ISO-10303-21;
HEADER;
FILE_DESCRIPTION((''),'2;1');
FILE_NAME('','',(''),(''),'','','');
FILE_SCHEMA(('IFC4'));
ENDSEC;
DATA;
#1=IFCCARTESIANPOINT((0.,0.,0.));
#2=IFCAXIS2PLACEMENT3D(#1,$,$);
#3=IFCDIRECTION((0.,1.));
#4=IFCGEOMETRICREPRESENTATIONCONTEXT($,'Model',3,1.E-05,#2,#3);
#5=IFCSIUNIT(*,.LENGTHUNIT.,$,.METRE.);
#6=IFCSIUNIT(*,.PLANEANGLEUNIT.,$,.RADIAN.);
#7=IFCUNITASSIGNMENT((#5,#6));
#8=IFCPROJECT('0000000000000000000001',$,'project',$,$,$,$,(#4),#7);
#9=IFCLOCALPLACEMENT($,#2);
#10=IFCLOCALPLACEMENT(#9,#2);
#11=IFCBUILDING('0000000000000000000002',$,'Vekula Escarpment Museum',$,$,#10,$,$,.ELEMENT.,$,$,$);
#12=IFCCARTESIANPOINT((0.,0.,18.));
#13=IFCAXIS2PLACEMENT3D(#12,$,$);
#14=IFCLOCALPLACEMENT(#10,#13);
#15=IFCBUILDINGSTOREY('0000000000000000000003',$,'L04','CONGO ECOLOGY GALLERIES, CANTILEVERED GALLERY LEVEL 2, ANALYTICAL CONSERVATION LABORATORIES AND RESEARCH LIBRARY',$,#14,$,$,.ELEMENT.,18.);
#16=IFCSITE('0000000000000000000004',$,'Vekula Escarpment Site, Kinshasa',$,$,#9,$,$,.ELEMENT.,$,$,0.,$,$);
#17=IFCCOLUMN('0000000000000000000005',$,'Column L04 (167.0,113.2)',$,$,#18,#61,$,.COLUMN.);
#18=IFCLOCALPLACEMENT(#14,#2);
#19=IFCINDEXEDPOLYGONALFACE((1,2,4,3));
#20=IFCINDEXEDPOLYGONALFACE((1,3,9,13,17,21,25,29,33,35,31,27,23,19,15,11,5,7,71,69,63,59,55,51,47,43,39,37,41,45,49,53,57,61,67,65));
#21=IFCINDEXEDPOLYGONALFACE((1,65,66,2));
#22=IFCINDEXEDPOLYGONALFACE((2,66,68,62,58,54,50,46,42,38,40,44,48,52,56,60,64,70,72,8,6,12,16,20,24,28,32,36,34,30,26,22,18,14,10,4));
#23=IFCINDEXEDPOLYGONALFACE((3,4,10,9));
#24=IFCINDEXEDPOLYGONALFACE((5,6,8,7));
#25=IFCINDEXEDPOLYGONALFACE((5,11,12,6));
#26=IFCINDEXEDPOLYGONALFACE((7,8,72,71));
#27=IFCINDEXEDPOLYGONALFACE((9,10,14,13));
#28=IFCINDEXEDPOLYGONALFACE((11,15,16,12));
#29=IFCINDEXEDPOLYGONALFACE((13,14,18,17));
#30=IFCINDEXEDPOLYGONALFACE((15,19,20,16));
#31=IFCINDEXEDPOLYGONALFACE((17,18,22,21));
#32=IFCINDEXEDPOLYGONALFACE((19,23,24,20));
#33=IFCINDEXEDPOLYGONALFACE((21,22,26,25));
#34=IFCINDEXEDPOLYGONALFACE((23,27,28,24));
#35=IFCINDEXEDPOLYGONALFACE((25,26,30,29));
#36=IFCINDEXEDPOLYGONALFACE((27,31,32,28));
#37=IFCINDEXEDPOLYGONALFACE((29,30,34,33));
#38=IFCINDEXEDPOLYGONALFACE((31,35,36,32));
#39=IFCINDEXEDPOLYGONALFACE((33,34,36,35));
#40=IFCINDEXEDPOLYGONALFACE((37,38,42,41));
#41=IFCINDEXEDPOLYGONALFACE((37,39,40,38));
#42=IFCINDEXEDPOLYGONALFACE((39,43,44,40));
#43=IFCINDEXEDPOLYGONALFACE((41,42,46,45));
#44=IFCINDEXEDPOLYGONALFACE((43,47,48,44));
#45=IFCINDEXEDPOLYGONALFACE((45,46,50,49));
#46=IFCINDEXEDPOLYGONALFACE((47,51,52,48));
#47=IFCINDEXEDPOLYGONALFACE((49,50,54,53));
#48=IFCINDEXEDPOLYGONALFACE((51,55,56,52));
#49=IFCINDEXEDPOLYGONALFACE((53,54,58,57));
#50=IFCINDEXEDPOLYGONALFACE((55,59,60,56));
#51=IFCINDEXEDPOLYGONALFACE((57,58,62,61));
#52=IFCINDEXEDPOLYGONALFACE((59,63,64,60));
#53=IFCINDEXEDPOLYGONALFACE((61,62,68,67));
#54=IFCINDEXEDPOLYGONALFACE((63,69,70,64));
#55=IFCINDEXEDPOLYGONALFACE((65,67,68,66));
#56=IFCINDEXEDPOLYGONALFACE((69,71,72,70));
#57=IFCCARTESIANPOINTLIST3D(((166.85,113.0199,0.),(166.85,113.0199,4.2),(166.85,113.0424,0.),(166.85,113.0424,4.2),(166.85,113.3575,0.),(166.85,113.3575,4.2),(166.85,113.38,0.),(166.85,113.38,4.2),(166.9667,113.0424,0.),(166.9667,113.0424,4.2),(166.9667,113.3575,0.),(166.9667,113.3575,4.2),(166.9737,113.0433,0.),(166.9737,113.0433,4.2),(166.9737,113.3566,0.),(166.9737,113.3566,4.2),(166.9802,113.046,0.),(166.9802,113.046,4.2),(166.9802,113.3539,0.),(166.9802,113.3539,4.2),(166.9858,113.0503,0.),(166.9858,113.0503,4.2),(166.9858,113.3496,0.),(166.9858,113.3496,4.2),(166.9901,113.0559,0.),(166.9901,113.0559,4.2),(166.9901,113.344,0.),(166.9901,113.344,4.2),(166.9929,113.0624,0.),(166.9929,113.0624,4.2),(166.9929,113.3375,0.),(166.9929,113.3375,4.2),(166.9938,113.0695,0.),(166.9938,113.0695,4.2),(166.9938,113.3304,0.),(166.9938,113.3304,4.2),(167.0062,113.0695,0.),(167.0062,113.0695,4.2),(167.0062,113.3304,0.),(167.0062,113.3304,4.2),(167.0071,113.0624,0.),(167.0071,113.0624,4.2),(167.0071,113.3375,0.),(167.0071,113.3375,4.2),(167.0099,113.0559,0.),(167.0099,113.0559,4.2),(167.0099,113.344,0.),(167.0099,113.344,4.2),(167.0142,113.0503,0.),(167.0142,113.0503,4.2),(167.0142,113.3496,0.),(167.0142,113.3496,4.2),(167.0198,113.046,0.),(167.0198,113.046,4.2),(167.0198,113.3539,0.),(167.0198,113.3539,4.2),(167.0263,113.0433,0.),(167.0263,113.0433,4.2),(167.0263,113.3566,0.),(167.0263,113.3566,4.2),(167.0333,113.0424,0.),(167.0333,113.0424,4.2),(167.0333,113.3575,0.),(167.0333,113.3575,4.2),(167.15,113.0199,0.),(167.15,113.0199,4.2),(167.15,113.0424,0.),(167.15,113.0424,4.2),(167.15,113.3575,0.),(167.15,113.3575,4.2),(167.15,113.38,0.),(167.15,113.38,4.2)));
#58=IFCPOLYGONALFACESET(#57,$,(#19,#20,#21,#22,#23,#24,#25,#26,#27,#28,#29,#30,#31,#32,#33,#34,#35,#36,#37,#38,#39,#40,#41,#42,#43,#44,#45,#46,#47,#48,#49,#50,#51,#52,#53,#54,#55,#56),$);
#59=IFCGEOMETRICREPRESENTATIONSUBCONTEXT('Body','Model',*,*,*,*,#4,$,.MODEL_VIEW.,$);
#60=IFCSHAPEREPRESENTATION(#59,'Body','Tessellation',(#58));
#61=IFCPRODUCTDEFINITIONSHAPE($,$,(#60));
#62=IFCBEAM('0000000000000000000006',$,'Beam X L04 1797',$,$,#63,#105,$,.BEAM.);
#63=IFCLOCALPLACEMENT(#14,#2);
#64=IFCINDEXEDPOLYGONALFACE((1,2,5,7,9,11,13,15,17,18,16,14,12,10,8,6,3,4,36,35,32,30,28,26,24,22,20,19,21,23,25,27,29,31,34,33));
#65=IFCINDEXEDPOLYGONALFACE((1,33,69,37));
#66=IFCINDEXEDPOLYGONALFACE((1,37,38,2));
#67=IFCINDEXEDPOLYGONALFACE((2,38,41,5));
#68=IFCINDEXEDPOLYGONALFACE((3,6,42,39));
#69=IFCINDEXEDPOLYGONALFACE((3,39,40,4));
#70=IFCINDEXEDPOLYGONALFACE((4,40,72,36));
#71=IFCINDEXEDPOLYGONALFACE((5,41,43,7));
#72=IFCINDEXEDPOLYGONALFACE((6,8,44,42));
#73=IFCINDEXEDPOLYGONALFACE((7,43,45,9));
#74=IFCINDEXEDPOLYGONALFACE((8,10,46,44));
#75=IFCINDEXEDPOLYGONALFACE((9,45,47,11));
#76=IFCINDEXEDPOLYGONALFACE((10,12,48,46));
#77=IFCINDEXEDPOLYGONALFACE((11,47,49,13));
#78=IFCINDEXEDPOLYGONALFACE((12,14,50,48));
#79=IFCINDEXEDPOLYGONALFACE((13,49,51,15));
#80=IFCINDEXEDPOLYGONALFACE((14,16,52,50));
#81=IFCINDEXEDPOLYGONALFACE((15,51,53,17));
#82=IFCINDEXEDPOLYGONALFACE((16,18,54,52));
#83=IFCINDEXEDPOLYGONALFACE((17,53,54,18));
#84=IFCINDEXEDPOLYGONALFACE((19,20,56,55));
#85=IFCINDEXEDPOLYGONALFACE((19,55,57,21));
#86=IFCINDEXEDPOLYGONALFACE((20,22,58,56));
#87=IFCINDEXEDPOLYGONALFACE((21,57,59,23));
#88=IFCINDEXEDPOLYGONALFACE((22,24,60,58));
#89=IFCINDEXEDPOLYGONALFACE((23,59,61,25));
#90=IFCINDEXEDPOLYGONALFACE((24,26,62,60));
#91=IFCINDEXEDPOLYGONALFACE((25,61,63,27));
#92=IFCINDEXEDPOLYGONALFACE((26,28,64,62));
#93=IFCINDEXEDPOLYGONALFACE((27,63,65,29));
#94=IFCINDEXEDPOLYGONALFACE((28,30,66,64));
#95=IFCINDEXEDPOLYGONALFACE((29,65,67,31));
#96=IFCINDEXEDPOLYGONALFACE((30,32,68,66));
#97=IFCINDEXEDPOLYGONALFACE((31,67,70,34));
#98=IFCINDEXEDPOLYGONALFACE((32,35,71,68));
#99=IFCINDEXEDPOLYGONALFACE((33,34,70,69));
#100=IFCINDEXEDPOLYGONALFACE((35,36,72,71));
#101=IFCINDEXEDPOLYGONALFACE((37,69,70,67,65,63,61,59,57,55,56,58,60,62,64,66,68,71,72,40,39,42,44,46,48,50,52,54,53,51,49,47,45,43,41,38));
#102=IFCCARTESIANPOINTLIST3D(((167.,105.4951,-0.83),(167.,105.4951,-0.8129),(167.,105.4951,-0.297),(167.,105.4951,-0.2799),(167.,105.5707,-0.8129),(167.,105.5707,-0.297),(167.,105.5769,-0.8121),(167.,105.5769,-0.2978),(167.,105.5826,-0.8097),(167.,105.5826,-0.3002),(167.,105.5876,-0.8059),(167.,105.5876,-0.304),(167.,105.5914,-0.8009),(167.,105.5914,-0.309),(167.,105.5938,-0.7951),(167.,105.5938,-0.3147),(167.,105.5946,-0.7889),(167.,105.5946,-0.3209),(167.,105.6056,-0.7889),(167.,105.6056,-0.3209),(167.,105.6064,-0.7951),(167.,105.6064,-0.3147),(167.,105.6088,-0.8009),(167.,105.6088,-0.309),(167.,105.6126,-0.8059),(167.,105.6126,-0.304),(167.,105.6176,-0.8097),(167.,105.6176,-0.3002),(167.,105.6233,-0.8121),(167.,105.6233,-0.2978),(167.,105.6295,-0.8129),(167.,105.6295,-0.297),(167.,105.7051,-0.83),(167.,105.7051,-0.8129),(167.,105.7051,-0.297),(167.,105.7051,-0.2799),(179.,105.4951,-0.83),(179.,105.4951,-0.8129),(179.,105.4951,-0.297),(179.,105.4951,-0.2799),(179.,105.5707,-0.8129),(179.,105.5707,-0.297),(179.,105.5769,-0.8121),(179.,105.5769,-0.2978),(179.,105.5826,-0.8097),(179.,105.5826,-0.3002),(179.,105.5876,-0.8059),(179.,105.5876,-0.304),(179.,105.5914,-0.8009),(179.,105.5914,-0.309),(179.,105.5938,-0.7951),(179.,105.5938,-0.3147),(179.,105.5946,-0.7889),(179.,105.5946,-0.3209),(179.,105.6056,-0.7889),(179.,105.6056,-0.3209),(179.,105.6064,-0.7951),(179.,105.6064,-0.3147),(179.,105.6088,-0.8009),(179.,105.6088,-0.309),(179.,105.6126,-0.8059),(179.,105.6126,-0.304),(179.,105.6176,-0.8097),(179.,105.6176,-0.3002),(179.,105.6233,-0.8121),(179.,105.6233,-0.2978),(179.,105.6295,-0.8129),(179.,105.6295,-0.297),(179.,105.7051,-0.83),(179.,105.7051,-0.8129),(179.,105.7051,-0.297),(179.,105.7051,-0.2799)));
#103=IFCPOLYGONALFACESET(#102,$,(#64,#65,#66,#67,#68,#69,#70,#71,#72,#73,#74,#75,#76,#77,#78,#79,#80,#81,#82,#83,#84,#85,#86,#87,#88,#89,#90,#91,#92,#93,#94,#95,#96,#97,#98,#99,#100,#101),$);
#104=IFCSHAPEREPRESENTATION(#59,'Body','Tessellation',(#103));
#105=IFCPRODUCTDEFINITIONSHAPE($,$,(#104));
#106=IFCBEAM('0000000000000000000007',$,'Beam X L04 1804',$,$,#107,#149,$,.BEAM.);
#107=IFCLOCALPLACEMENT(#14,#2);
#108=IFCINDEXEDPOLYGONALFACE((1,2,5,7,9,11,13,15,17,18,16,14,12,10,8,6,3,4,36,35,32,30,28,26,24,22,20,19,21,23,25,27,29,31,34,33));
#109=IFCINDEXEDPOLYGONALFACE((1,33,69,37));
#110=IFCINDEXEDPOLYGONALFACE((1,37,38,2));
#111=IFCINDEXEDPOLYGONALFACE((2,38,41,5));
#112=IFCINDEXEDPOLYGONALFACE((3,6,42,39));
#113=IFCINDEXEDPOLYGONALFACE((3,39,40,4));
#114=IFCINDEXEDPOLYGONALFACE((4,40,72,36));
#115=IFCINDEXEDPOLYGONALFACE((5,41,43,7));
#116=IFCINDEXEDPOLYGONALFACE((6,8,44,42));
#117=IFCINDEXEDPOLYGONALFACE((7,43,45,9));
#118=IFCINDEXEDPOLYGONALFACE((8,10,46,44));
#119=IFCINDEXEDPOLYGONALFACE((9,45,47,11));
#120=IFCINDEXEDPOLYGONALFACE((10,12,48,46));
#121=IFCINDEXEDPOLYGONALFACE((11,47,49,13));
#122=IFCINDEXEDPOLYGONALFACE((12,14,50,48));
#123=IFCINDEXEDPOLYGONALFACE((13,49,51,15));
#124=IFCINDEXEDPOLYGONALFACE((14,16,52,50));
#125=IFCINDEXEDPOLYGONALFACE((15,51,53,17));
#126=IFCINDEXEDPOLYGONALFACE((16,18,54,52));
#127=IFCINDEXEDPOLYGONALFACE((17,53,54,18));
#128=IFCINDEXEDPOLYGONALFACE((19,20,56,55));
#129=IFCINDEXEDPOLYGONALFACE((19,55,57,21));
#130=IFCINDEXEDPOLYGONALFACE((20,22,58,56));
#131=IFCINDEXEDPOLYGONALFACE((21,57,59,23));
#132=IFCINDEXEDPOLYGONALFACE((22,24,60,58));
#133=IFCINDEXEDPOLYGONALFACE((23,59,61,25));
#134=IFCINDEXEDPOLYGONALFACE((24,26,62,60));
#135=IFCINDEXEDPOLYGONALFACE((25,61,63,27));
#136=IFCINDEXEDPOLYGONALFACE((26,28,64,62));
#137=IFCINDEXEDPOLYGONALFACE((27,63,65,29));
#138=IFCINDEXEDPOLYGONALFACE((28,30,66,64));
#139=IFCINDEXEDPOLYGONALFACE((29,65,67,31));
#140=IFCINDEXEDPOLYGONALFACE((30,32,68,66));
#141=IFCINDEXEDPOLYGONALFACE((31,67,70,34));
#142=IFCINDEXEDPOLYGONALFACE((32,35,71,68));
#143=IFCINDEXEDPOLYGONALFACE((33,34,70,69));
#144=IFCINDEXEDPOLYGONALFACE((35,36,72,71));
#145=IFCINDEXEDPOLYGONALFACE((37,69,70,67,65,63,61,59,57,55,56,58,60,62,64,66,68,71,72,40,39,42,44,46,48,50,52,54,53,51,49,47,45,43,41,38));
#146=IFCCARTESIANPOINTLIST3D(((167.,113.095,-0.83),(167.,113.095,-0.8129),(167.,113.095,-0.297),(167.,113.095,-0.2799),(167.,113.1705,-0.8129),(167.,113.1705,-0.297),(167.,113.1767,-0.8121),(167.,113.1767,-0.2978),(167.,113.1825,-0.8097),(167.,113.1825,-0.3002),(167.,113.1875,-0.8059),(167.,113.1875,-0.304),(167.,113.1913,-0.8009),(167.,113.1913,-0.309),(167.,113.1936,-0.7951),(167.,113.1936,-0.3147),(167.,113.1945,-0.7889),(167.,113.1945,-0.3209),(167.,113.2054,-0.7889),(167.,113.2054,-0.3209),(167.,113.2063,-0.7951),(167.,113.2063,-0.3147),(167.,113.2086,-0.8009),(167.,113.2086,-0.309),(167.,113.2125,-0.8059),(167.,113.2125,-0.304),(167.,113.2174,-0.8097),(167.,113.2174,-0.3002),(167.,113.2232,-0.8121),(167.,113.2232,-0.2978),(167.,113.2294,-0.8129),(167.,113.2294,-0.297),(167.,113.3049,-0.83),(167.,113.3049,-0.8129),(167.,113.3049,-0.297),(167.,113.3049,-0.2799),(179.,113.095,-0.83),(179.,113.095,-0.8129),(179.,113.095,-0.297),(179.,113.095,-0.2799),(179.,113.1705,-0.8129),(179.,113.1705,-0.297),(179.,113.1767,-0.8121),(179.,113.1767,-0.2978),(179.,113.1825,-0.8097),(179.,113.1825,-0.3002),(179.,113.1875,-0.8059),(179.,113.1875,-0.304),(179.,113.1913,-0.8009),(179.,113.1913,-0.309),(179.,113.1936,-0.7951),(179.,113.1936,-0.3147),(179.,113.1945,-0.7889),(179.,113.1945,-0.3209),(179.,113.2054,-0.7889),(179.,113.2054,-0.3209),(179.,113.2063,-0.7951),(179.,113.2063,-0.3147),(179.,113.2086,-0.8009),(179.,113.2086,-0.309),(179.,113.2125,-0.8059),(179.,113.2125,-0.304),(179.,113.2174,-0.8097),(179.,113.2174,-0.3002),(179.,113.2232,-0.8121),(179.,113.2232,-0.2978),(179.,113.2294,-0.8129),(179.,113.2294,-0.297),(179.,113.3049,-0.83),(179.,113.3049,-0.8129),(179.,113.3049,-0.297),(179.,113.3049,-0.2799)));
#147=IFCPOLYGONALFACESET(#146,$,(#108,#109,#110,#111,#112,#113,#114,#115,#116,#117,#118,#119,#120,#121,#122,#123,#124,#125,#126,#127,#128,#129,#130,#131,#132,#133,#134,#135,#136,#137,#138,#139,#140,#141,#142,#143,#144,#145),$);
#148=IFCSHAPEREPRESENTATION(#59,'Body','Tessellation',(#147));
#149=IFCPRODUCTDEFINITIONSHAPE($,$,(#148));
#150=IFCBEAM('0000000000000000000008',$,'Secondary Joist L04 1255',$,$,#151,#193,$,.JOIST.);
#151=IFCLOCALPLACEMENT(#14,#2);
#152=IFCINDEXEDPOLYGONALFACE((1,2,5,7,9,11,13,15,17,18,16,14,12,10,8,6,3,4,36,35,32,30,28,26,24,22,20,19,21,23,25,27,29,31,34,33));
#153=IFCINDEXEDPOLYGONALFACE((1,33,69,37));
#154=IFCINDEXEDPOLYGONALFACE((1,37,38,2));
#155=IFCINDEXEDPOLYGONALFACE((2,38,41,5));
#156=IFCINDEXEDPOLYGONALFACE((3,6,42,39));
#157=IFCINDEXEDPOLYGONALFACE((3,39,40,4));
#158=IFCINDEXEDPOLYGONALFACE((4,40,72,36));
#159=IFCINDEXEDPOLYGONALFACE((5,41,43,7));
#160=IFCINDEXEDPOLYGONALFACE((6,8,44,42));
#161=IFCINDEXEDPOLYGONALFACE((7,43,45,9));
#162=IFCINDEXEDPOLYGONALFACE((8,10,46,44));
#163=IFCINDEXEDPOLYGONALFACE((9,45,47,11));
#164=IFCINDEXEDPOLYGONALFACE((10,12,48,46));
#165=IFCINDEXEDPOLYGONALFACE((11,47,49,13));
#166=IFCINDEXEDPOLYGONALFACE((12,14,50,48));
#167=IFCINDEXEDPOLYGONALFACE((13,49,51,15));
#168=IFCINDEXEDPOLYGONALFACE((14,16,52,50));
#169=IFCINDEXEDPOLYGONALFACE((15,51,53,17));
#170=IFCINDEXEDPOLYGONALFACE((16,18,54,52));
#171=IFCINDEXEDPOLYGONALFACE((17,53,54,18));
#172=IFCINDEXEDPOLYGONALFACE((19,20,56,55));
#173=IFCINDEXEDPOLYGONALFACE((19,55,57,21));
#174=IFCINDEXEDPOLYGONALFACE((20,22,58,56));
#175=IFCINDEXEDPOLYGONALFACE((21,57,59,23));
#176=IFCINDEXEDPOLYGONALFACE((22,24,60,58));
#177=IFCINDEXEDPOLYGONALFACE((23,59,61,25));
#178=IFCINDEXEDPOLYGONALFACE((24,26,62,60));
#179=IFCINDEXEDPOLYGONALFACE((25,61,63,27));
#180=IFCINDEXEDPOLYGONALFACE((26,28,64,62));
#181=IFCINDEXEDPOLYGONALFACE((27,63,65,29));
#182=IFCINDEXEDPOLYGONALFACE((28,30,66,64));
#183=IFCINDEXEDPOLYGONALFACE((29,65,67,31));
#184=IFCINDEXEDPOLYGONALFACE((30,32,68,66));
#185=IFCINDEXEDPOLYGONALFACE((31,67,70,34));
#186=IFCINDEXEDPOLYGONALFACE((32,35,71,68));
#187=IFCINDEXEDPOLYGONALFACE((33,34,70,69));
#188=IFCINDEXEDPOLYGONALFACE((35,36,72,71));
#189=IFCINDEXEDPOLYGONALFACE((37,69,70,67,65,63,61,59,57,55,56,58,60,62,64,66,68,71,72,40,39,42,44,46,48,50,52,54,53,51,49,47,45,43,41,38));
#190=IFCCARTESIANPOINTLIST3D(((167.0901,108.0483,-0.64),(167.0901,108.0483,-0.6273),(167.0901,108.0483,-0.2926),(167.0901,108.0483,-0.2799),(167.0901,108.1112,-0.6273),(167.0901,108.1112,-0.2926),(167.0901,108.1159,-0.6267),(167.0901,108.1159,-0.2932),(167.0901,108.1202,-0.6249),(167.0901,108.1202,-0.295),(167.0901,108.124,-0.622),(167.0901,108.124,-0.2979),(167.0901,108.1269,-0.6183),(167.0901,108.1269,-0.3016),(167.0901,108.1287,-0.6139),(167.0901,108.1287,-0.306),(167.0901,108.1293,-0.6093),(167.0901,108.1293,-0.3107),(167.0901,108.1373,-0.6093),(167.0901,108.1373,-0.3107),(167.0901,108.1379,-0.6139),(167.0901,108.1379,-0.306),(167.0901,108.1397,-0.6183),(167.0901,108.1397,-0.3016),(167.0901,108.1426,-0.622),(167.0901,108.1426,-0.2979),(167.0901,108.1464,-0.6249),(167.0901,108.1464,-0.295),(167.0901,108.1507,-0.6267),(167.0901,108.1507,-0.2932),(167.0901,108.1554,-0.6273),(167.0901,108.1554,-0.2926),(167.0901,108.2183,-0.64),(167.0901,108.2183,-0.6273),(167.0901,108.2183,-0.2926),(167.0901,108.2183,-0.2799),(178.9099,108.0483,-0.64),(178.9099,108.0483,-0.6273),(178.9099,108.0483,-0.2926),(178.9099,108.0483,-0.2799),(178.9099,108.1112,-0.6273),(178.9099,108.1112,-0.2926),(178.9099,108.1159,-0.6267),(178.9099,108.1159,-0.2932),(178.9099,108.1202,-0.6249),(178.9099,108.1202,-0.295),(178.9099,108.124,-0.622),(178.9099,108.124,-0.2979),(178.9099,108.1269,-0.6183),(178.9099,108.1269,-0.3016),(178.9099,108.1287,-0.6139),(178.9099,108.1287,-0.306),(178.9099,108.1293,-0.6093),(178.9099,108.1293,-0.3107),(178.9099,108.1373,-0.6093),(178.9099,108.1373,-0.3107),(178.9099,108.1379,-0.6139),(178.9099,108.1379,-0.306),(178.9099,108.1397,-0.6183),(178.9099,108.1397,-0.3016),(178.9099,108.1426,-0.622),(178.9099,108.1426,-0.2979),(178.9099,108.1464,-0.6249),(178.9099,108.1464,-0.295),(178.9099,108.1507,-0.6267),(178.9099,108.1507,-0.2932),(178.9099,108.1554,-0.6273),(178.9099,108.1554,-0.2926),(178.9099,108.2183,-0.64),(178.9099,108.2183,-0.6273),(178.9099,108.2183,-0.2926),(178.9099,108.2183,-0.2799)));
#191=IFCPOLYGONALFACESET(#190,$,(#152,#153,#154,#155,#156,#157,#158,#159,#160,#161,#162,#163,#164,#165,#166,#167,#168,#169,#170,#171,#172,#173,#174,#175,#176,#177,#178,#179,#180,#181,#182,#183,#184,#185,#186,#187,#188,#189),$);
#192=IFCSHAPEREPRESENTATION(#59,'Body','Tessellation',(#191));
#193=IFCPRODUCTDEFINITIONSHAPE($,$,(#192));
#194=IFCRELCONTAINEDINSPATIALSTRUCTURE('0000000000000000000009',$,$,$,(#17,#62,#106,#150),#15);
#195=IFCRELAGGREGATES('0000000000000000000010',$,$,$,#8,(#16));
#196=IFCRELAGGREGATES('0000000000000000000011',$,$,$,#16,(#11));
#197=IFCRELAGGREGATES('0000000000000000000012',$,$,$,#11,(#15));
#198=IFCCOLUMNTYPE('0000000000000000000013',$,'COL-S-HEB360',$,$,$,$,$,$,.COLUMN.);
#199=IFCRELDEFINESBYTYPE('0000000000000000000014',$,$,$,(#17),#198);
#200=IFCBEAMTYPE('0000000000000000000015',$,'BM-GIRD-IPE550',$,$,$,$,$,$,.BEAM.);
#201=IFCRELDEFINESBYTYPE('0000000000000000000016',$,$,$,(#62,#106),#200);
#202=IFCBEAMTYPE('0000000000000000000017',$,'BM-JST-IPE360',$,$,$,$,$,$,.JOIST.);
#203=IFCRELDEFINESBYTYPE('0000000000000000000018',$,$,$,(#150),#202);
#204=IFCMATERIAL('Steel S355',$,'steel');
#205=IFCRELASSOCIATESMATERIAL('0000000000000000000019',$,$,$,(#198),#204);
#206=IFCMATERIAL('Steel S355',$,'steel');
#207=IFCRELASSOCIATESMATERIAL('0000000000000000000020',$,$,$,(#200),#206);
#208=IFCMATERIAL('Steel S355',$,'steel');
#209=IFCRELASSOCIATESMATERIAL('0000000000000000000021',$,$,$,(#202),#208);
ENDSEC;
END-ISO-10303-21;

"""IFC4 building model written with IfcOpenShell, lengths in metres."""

from ifc_helpers import new_model, si_unit, direction, frame, origin, origin_2d, place, context, subcontext, project, spatial, i_section, extrude, material, material_profile, profile_set, type_object, element, save


model = new_model("IFC4")

# Units and contexts
model_context = context("Model", 3, precision=1e-05, world=origin(), true_north=direction((0.0, 1.0)))
body_context = subcontext(model_context, "Body", "Model", "MODEL_VIEW")
ifc_project = project(units=[si_unit("LENGTHUNIT", "METRE"), si_unit("PLANEANGLEUNIT", "RADIAN")], contexts=[model_context])

# Site, building, storey
site_placement = place(None, origin())
site = spatial("IfcSite", under=ifc_project, at=site_placement, Name="Vekula Escarpment Site, Kinshasa", CompositionType="ELEMENT", RefElevation=0.0)
building_placement = place(site_placement, origin())
building = spatial("IfcBuilding", under=site, at=building_placement, Name="Vekula Escarpment Museum", CompositionType="ELEMENT")
storey_placement = place(building_placement, frame((0.0, 0.0, 18.0)))
storey = spatial("IfcBuildingStorey", under=building, at=storey_placement, Name="L04", Description="CONGO ECOLOGY GALLERIES, CANTILEVERED GALLERY LEVEL 2, ANALYTICAL CONSERVATION LABORATORIES AND RESEARCH LIBRARY", CompositionType="ELEMENT", Elevation=18.0)

# Column
ifc_material_1 = material(Name="Steel S355", Category="steel")
ifc_material_profile_1 = material_profile(ifc_material_1, i_section(OverallWidth=0.3, OverallDepth=0.3601, WebThickness=0.0125, FlangeThickness=0.0225, FilletRadius=0.0271, at=origin_2d()), Name="HEB 360")
ifc_profile_set_1 = profile_set([ifc_material_profile_1], Name="Steel S355")
column_type = type_object("IfcColumnType", Name="COL-S-HEB360", PredefinedType="COLUMN", material=ifc_profile_set_1)
column_placement = place(storey_placement, frame((167.0, 113.2, 0.0), z_axis=(0.0, 0.0, 1.0), x_axis=(1.0, 0.0, 0.0)))
element("IfcColumn", 1, at=column_placement, inside=storey, type_object=column_type, Name="Column L04 (167.0,113.2)", PredefinedType="COLUMN", context=body_context, shape_type="SweptSolid", body=[
    extrude(i_section(OverallWidth=0.3, OverallDepth=0.3601, WebThickness=0.0125, FlangeThickness=0.0225, FilletRadius=0.0271, at=origin_2d()), origin(), (0.0, 0.0, 1.0), 4.2),
])

# Beams
ifc_material_2 = material(Name="Steel S355", Category="steel")
ifc_material_profile_2 = material_profile(ifc_material_2, i_section(OverallWidth=0.21, OverallDepth=0.55, WebThickness=0.011, FlangeThickness=0.0171, FilletRadius=0.0239, at=origin_2d()), Name="IPE 550")
ifc_profile_set_2 = profile_set([ifc_material_profile_2], Name="Steel S355")
beam_type_1 = type_object("IfcBeamType", Name="BM-GIRD-IPE550", PredefinedType="BEAM", material=ifc_profile_set_2)
for number, where, z_axis, x_axis, name in (
    (2, (167.0, 105.6001, -0.5549), (1.0, 0.0, 0.0), (0.0, 1.0, 0.0), "Beam X L04 1797"),
    (3, (167.0, 113.2, -0.5549), (1.0, 0.0, 0.0), (0.0, 1.0, 0.0), "Beam X L04 1804"),
):
    element("IfcBeam", number, at=place(storey_placement, frame(where, z_axis=z_axis, x_axis=x_axis)), inside=storey, type_object=beam_type_1, Name=name, PredefinedType="BEAM", context=body_context, shape_type="SweptSolid", body=[
        extrude(i_section(OverallWidth=0.21, OverallDepth=0.55, WebThickness=0.011, FlangeThickness=0.0171, FilletRadius=0.0239, at=origin_2d()), origin(), (0.0, 0.0, 1.0), 12.0),
    ])
ifc_material_3 = material(Name="Steel S355", Category="steel")
ifc_material_profile_3 = material_profile(ifc_material_3, i_section(OverallWidth=0.1699, OverallDepth=0.3601, WebThickness=0.0081, FlangeThickness=0.0127, FilletRadius=0.0181, at=origin_2d()), Name="IPE 360")
ifc_profile_set_3 = profile_set([ifc_material_profile_3], Name="Steel S355")
beam_type_2 = type_object("IfcBeamType", Name="BM-JST-IPE360", PredefinedType="JOIST", material=ifc_profile_set_3)
for number, where, z_axis, x_axis, name in (
    (4, (167.0901, 108.1333, -0.46), (1.0, 0.0, 0.0), (0.0, 1.0, 0.0), "Secondary Joist L04 1255"),
):
    element("IfcBeam", number, at=place(storey_placement, frame(where, z_axis=z_axis, x_axis=x_axis)), inside=storey, type_object=beam_type_2, Name=name, PredefinedType="JOIST", context=body_context, shape_type="SweptSolid", body=[
        extrude(i_section(OverallWidth=0.1699, OverallDepth=0.3601, WebThickness=0.0081, FlangeThickness=0.0127, FilletRadius=0.0181, at=origin_2d()), origin(), (0.0, 0.0, 1.0), 11.8198),
    ])

save(model, "model.ifc")
